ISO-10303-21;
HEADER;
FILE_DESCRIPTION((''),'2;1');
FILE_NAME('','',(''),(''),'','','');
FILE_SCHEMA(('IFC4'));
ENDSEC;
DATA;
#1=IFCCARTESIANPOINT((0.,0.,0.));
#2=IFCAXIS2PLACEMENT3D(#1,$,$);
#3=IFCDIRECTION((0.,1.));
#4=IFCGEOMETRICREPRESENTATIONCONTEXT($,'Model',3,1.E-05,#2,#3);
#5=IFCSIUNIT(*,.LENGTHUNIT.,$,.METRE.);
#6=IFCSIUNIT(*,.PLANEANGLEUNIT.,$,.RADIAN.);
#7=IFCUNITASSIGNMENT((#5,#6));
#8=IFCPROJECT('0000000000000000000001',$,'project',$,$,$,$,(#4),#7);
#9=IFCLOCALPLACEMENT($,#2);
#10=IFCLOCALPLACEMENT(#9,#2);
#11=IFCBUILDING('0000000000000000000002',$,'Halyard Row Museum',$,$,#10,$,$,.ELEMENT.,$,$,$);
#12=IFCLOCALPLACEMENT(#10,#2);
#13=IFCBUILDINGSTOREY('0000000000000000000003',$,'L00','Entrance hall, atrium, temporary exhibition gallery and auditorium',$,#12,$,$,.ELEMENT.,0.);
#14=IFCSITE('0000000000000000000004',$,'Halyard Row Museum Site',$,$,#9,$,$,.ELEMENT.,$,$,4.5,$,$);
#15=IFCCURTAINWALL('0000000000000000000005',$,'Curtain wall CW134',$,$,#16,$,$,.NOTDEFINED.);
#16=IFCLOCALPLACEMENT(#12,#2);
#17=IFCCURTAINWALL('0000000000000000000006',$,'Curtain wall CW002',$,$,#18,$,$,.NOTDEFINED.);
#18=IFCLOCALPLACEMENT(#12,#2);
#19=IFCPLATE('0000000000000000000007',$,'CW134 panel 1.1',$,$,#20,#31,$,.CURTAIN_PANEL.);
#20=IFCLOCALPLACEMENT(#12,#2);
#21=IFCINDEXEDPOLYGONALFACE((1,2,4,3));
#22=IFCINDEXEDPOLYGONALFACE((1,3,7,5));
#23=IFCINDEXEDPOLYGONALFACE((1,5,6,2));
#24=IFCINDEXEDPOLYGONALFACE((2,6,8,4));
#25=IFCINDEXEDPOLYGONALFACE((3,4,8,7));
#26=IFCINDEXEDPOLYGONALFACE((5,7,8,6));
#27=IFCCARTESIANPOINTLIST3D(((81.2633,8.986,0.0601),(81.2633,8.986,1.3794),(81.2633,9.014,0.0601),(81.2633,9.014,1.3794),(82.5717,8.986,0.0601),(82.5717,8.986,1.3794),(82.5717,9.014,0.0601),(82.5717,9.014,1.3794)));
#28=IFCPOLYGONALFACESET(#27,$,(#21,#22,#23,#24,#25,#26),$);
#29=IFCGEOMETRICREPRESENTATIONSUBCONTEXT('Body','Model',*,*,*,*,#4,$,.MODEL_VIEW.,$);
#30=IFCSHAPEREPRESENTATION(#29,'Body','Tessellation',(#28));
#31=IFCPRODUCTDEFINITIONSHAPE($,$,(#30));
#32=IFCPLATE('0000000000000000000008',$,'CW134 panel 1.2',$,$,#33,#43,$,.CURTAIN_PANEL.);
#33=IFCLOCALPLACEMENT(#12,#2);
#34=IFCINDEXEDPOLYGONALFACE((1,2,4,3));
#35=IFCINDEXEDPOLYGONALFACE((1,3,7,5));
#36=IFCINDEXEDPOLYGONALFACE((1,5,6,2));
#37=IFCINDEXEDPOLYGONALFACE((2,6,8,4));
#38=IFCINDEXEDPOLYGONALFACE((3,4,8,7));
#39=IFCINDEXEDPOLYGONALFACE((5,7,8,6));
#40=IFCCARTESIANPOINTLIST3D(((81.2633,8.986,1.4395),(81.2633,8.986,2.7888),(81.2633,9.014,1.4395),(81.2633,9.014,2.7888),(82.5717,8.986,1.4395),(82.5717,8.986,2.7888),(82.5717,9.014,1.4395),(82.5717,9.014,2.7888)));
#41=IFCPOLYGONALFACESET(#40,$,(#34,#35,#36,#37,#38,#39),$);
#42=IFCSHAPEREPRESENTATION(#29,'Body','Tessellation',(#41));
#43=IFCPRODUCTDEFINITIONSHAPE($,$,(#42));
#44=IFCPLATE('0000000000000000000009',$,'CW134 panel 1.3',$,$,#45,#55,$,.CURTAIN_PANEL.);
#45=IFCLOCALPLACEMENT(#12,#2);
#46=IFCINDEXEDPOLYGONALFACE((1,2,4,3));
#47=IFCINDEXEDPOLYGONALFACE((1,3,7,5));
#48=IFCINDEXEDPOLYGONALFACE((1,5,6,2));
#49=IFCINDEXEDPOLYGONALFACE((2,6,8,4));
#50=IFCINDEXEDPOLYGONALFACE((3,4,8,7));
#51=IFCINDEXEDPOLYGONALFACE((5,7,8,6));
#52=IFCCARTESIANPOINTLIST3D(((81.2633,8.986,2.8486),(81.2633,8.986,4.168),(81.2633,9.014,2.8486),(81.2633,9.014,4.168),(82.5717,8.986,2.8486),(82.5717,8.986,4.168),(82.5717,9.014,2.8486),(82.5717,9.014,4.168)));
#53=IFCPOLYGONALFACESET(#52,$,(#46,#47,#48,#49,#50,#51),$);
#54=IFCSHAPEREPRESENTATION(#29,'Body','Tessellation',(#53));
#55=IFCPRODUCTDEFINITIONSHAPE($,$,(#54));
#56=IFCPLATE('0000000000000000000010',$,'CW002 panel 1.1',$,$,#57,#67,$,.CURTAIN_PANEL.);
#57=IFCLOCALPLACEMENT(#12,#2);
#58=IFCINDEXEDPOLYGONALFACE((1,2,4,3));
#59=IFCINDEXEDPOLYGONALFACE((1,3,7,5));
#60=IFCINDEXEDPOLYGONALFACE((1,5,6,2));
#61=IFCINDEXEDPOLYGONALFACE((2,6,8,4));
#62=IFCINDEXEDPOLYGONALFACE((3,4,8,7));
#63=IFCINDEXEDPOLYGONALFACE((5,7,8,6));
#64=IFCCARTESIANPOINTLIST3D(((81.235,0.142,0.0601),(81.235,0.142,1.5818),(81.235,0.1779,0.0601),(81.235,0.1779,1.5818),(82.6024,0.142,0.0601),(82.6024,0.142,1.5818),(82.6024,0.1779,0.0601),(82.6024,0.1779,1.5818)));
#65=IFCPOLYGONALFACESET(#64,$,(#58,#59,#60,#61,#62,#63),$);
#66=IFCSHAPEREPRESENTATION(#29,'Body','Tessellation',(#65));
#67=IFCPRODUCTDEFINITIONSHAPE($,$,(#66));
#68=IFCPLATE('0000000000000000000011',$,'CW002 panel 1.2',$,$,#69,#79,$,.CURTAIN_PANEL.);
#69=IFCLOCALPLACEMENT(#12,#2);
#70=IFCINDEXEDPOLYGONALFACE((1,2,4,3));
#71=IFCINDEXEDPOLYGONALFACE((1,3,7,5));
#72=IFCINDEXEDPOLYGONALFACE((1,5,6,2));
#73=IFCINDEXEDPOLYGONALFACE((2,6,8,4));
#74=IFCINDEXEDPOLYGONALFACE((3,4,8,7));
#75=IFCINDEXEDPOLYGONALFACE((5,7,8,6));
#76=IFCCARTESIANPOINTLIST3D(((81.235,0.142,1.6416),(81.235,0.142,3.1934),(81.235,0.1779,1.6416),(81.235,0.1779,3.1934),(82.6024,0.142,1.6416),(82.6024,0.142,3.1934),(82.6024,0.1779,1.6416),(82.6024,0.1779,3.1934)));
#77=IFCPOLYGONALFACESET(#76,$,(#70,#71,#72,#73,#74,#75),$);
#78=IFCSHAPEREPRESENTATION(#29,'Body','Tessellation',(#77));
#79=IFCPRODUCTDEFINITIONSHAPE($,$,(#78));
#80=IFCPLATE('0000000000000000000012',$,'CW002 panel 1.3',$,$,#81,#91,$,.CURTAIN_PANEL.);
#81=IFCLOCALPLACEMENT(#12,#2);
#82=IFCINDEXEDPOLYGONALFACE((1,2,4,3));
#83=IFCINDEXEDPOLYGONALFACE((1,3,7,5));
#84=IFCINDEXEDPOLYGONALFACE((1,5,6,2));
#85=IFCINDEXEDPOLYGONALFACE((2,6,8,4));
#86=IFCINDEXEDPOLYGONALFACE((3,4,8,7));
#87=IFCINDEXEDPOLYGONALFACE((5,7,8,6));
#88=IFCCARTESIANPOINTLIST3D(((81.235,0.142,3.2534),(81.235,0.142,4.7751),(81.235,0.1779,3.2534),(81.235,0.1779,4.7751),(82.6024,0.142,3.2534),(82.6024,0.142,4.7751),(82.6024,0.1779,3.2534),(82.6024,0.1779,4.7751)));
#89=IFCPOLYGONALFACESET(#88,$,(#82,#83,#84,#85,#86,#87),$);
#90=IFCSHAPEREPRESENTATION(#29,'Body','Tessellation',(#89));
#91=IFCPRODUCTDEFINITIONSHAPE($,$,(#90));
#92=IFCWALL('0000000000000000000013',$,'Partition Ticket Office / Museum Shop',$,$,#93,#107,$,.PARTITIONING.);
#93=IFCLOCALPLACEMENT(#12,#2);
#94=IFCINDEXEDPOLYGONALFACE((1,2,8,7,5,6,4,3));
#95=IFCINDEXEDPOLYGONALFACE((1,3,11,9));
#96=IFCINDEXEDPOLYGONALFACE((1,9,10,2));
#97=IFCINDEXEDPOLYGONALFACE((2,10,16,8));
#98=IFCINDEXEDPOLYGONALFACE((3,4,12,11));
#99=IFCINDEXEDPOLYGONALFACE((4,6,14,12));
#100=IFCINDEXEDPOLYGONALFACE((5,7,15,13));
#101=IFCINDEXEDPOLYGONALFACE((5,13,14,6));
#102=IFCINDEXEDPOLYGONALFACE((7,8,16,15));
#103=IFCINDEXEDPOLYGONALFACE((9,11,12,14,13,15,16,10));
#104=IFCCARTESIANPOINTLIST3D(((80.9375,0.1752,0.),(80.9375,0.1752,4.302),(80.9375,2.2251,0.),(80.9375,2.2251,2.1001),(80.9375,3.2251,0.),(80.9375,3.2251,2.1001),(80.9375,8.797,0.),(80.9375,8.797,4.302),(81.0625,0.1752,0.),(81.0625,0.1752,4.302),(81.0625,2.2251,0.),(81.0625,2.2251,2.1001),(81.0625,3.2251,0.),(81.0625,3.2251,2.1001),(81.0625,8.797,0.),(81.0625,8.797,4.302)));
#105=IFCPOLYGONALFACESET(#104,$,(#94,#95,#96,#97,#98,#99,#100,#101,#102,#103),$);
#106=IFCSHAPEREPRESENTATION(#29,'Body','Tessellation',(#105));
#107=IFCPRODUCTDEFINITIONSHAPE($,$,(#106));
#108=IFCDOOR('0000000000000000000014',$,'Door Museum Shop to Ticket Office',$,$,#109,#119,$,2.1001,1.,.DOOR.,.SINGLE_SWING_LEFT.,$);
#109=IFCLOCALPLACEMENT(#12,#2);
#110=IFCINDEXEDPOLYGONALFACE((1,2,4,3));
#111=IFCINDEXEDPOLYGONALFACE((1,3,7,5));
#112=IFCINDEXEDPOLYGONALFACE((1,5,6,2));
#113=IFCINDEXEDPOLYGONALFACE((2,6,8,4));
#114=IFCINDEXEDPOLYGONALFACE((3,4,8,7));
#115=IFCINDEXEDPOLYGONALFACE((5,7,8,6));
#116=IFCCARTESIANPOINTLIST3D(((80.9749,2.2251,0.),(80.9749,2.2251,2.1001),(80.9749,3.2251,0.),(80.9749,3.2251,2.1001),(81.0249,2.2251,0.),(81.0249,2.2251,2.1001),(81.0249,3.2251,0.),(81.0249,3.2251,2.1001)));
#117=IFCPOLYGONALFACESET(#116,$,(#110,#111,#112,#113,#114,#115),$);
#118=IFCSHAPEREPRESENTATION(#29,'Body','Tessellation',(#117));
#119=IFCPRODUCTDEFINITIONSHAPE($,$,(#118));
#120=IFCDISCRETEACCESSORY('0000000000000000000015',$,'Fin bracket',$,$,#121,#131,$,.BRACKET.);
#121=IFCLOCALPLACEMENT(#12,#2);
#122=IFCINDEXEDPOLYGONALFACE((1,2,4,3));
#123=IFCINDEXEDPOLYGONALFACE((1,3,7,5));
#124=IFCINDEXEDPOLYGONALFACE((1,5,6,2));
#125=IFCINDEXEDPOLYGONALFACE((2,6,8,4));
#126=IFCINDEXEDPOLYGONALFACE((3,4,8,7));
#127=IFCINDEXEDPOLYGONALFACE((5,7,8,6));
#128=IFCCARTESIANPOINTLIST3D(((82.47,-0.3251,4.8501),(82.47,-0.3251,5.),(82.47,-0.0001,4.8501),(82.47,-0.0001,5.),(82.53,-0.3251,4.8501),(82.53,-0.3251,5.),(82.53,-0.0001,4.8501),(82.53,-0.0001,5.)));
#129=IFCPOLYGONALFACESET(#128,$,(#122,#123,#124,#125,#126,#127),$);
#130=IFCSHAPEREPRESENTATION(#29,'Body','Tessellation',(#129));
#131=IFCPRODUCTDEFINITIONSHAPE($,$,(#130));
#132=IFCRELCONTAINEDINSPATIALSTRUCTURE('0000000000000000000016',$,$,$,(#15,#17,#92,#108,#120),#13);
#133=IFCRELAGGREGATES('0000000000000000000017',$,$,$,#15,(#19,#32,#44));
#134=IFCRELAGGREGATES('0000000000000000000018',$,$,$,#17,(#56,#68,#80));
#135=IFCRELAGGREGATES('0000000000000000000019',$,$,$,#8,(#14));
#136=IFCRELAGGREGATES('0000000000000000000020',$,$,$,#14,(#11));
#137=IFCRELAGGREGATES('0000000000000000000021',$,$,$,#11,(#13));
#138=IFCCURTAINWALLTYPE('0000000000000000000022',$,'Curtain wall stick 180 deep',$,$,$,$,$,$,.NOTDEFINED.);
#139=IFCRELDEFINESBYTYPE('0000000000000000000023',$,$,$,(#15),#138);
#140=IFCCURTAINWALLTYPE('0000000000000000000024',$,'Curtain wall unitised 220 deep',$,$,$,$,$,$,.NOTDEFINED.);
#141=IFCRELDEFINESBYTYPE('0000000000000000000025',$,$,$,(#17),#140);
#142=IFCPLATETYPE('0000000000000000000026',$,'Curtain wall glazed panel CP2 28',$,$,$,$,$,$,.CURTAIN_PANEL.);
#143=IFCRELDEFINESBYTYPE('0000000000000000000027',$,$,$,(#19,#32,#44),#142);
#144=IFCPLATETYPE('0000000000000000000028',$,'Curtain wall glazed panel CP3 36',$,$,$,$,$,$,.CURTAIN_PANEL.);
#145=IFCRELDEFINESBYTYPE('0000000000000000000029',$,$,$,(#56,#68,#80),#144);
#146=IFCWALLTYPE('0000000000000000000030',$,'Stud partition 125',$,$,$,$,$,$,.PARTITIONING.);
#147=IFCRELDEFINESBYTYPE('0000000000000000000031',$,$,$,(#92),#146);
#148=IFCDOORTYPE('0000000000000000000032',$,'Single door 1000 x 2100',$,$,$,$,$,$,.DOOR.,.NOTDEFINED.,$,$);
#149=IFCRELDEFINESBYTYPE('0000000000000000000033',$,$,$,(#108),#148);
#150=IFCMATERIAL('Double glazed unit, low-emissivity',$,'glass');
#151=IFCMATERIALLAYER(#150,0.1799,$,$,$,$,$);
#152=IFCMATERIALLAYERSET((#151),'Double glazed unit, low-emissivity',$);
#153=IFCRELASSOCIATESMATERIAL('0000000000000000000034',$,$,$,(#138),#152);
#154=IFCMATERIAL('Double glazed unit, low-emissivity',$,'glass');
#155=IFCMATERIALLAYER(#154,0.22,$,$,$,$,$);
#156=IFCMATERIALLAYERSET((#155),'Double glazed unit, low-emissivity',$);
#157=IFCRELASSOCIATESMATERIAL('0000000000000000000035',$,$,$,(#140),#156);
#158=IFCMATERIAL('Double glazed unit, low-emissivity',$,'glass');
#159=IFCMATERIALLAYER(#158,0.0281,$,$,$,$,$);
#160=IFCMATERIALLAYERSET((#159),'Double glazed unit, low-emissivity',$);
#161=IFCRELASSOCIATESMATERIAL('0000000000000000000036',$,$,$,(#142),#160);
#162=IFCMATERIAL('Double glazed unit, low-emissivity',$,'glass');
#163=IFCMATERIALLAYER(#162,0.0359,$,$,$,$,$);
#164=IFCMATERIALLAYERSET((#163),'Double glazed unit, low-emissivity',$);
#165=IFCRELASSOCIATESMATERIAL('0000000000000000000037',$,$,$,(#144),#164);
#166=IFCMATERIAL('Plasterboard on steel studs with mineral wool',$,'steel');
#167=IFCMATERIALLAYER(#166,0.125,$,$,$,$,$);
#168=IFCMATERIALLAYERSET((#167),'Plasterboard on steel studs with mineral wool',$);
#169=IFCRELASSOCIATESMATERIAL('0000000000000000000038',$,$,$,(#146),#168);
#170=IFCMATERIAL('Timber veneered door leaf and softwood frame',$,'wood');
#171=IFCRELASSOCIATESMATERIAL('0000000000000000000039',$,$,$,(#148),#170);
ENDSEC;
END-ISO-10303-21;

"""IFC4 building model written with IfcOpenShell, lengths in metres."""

from ifc_helpers import new_model, si_unit, direction, frame, frame_2d, origin, origin_2d, place, context, subcontext, project, spatial, rectangle, extrude, material, layer, layer_set, type_object, element, fill, aggregate, save


model = new_model("IFC4")

# Units and contexts
model_context = context("Model", 3, precision=1e-05, world=origin(), true_north=direction((0.0, 1.0)))
body_context = subcontext(model_context, "Body", "Model", "MODEL_VIEW")
ifc_project = project(units=[si_unit("LENGTHUNIT", "METRE"), si_unit("PLANEANGLEUNIT", "RADIAN")], contexts=[model_context])

# Site, building, storey
site_placement = place(None, origin())
site = spatial("IfcSite", under=ifc_project, at=site_placement, Name="Halyard Row Museum Site", CompositionType="ELEMENT", RefElevation=4.5)
building_placement = place(site_placement, origin())
building = spatial("IfcBuilding", under=site, at=building_placement, Name="Halyard Row Museum", CompositionType="ELEMENT")
storey_placement = place(building_placement, origin())
storey = spatial("IfcBuildingStorey", under=building, at=storey_placement, Name="L00", Description="Entrance hall, atrium, temporary exhibition gallery and auditorium", CompositionType="ELEMENT", Elevation=0.0)

# Curtain wall
ifc_material_1 = material(Name="Double glazed unit, low-emissivity", Category="glass")
ifc_layer_1 = layer(ifc_material_1, 0.1799)
ifc_layer_set_1 = layer_set([ifc_layer_1], Name="Double glazed unit, low-emissivity")
curtain_wall_type_1 = type_object("IfcCurtainWallType", Name="Curtain wall stick 180 deep", PredefinedType="NOTDEFINED", material=ifc_layer_set_1)
curtain_wall_1_placement = place(storey_placement, origin())
curtain_wall_1 = element("IfcCurtainWall", 1, at=curtain_wall_1_placement, inside=storey, type_object=curtain_wall_type_1, Name="Curtain wall CW134", PredefinedType="NOTDEFINED")

# Curtain wall
ifc_material_2 = material(Name="Double glazed unit, low-emissivity", Category="glass")
ifc_layer_2 = layer(ifc_material_2, 0.22)
ifc_layer_set_2 = layer_set([ifc_layer_2], Name="Double glazed unit, low-emissivity")
curtain_wall_type_2 = type_object("IfcCurtainWallType", Name="Curtain wall unitised 220 deep", PredefinedType="NOTDEFINED", material=ifc_layer_set_2)
curtain_wall_2_placement = place(storey_placement, origin())
curtain_wall_2 = element("IfcCurtainWall", 2, at=curtain_wall_2_placement, inside=storey, type_object=curtain_wall_type_2, Name="Curtain wall CW002", PredefinedType="NOTDEFINED")

# Plates
ifc_material_3 = material(Name="Double glazed unit, low-emissivity", Category="glass")
ifc_layer_3 = layer(ifc_material_3, 0.0281)
ifc_layer_set_3 = layer_set([ifc_layer_3], Name="Double glazed unit, low-emissivity")
plate_type_1 = type_object("IfcPlateType", Name="Curtain wall glazed panel CP2 28", PredefinedType="CURTAIN_PANEL", material=ifc_layer_set_3)
plate_1_placement = place(storey_placement, frame((81.9175, 9.0, 0.0601), z_axis=(0.0, 0.0, 1.0), x_axis=(1.0, 0.0, 0.0)))
plate_1 = element("IfcPlate", 3, at=plate_1_placement, type_object=plate_type_1, Name="CW134 panel 1.1", PredefinedType="CURTAIN_PANEL", context=body_context, shape_type="SweptSolid", body=[
    extrude(rectangle(XDim=1.3083, YDim=0.0281, at=origin_2d()), origin(), (0.0, 0.0, 1.0), 1.3193),
])
plate_2_placement = place(storey_placement, frame((81.9175, 9.0, 1.4395), z_axis=(0.0, 0.0, 1.0), x_axis=(1.0, 0.0, 0.0)))
plate_2 = element("IfcPlate", 4, at=plate_2_placement, type_object=plate_type_1, Name="CW134 panel 1.2", PredefinedType="CURTAIN_PANEL", context=body_context, shape_type="SweptSolid", body=[
    extrude(rectangle(XDim=1.3083, YDim=0.0281, at=origin_2d()), origin(), (0.0, 0.0, 1.0), 1.3494),
])
plate_3_placement = place(storey_placement, frame((81.9175, 9.0, 2.8486), z_axis=(0.0, 0.0, 1.0), x_axis=(1.0, 0.0, 0.0)))
plate_3 = element("IfcPlate", 5, at=plate_3_placement, type_object=plate_type_1, Name="CW134 panel 1.3", PredefinedType="CURTAIN_PANEL", context=body_context, shape_type="SweptSolid", body=[
    extrude(rectangle(XDim=1.3083, YDim=0.0281, at=origin_2d()), origin(), (0.0, 0.0, 1.0), 1.3193),
])
aggregate(curtain_wall_1, [plate_1, plate_2, plate_3])
ifc_material_4 = material(Name="Double glazed unit, low-emissivity", Category="glass")
ifc_layer_4 = layer(ifc_material_4, 0.0359)
ifc_layer_set_4 = layer_set([ifc_layer_4], Name="Double glazed unit, low-emissivity")
plate_type_2 = type_object("IfcPlateType", Name="Curtain wall glazed panel CP3 36", PredefinedType="CURTAIN_PANEL", material=ifc_layer_set_4)
plate_4_placement = place(storey_placement, frame((81.9187, 0.1599, 0.0601), z_axis=(0.0, 0.0, 1.0), x_axis=(1.0, 0.0, 0.0)))
plate_4 = element("IfcPlate", 6, at=plate_4_placement, type_object=plate_type_2, Name="CW002 panel 1.1", PredefinedType="CURTAIN_PANEL", context=body_context, shape_type="SweptSolid", body=[
    extrude(rectangle(XDim=1.3674, YDim=0.0359, at=origin_2d()), origin(), (0.0, 0.0, 1.0), 1.5217),
])
plate_5_placement = place(storey_placement, frame((81.9187, 0.1599, 1.6416), z_axis=(0.0, 0.0, 1.0), x_axis=(1.0, 0.0, 0.0)))
plate_5 = element("IfcPlate", 7, at=plate_5_placement, type_object=plate_type_2, Name="CW002 panel 1.2", PredefinedType="CURTAIN_PANEL", context=body_context, shape_type="SweptSolid", body=[
    extrude(rectangle(XDim=1.3674, YDim=0.0359, at=origin_2d()), origin(), (0.0, 0.0, 1.0), 1.5518),
])
plate_6_placement = place(storey_placement, frame((81.9187, 0.1599, 3.2534), z_axis=(0.0, 0.0, 1.0), x_axis=(1.0, 0.0, 0.0)))
plate_6 = element("IfcPlate", 8, at=plate_6_placement, type_object=plate_type_2, Name="CW002 panel 1.3", PredefinedType="CURTAIN_PANEL", context=body_context, shape_type="SweptSolid", body=[
    extrude(rectangle(XDim=1.3674, YDim=0.0359, at=origin_2d()), origin(), (0.0, 0.0, 1.0), 1.5217),
])
aggregate(curtain_wall_2, [plate_4, plate_5, plate_6])

# Wall, opening, door
ifc_material_5 = material(Name="Plasterboard on steel studs with mineral wool", Category="steel")
ifc_layer_5 = layer(ifc_material_5, 0.125)
ifc_layer_set_5 = layer_set([ifc_layer_5], Name="Plasterboard on steel studs with mineral wool")
wall_type = type_object("IfcWallType", Name="Stud partition 125", PredefinedType="PARTITIONING", material=ifc_layer_set_5)
wall_placement = place(storey_placement, frame((81.0, 0.175, 0.0), z_axis=(0.0, 0.0, 1.0), x_axis=(0.0, 1.0, 0.0)))
wall = element("IfcWall", 9, at=wall_placement, inside=storey, type_object=wall_type, Name="Partition Ticket Office / Museum Shop", PredefinedType="PARTITIONING", context=body_context, shape_type="SweptSolid", body=[
    extrude(rectangle(XDim=8.6218, YDim=0.125, at=frame_2d((4.311, 0.0))), origin(), (0.0, 0.0, 1.0), 4.302),
])
opening_placement = place(wall_placement, frame((2.05, 0.0, 0.0)))
opening = element("IfcOpeningElement", 10, at=opening_placement, cuts=wall, PredefinedType="OPENING", context=body_context, shape_type="SweptSolid", body=[
    extrude(rectangle(XDim=1.0, YDim=2.1001, at=frame_2d((0.5, 1.05))), frame((0.0, 0.0725, 0.0), z_axis=(0.0, -1.0, 0.0), x_axis=(1.0, 0.0, 0.0)), (0.0, 0.0, 1.0), 0.145),
])
ifc_material_6 = material(Name="Timber veneered door leaf and softwood frame", Category="wood")
door_type = type_object("IfcDoorType", Name="Single door 1000 x 2100", OperationType="NOTDEFINED", PredefinedType="DOOR", material=ifc_material_6)
door_placement = place(opening_placement, frame((1.0, 0.0, 0.0), z_axis=(0.0, 0.0, 1.0), x_axis=(-1.0, 0.0, 0.0)))
door = element("IfcDoor", 11, at=door_placement, inside=storey, type_object=door_type, Name="Door Museum Shop to Ticket Office", OperationType="SINGLE_SWING_LEFT", OverallHeight=2.1001, OverallWidth=1.0, PredefinedType="DOOR", context=body_context, shape_type="SweptSolid", body=[
    extrude(rectangle(XDim=1.0, YDim=2.1001, at=frame_2d((0.5, 1.05))), frame((0.0, 0.0249, 0.0), z_axis=(0.0, -1.0, 0.0), x_axis=(1.0, 0.0, 0.0)), (0.0, 0.0, 1.0), 0.05),
])
fill(opening, door)

# Discrete accessory
discrete_accessory_placement = place(storey_placement, frame((82.5, -0.1626, 4.8501), z_axis=(0.0, 0.0, 1.0), x_axis=(1.0, 0.0, 0.0)))
element("IfcDiscreteAccessory", 12, at=discrete_accessory_placement, inside=storey, Name="Fin bracket", PredefinedType="BRACKET", context=body_context, shape_type="SweptSolid", body=[
    extrude(rectangle(XDim=0.0601, YDim=0.325, at=origin_2d()), origin(), (0.0, 0.0, 1.0), 0.1499),
])

save(model, "model.ifc")
